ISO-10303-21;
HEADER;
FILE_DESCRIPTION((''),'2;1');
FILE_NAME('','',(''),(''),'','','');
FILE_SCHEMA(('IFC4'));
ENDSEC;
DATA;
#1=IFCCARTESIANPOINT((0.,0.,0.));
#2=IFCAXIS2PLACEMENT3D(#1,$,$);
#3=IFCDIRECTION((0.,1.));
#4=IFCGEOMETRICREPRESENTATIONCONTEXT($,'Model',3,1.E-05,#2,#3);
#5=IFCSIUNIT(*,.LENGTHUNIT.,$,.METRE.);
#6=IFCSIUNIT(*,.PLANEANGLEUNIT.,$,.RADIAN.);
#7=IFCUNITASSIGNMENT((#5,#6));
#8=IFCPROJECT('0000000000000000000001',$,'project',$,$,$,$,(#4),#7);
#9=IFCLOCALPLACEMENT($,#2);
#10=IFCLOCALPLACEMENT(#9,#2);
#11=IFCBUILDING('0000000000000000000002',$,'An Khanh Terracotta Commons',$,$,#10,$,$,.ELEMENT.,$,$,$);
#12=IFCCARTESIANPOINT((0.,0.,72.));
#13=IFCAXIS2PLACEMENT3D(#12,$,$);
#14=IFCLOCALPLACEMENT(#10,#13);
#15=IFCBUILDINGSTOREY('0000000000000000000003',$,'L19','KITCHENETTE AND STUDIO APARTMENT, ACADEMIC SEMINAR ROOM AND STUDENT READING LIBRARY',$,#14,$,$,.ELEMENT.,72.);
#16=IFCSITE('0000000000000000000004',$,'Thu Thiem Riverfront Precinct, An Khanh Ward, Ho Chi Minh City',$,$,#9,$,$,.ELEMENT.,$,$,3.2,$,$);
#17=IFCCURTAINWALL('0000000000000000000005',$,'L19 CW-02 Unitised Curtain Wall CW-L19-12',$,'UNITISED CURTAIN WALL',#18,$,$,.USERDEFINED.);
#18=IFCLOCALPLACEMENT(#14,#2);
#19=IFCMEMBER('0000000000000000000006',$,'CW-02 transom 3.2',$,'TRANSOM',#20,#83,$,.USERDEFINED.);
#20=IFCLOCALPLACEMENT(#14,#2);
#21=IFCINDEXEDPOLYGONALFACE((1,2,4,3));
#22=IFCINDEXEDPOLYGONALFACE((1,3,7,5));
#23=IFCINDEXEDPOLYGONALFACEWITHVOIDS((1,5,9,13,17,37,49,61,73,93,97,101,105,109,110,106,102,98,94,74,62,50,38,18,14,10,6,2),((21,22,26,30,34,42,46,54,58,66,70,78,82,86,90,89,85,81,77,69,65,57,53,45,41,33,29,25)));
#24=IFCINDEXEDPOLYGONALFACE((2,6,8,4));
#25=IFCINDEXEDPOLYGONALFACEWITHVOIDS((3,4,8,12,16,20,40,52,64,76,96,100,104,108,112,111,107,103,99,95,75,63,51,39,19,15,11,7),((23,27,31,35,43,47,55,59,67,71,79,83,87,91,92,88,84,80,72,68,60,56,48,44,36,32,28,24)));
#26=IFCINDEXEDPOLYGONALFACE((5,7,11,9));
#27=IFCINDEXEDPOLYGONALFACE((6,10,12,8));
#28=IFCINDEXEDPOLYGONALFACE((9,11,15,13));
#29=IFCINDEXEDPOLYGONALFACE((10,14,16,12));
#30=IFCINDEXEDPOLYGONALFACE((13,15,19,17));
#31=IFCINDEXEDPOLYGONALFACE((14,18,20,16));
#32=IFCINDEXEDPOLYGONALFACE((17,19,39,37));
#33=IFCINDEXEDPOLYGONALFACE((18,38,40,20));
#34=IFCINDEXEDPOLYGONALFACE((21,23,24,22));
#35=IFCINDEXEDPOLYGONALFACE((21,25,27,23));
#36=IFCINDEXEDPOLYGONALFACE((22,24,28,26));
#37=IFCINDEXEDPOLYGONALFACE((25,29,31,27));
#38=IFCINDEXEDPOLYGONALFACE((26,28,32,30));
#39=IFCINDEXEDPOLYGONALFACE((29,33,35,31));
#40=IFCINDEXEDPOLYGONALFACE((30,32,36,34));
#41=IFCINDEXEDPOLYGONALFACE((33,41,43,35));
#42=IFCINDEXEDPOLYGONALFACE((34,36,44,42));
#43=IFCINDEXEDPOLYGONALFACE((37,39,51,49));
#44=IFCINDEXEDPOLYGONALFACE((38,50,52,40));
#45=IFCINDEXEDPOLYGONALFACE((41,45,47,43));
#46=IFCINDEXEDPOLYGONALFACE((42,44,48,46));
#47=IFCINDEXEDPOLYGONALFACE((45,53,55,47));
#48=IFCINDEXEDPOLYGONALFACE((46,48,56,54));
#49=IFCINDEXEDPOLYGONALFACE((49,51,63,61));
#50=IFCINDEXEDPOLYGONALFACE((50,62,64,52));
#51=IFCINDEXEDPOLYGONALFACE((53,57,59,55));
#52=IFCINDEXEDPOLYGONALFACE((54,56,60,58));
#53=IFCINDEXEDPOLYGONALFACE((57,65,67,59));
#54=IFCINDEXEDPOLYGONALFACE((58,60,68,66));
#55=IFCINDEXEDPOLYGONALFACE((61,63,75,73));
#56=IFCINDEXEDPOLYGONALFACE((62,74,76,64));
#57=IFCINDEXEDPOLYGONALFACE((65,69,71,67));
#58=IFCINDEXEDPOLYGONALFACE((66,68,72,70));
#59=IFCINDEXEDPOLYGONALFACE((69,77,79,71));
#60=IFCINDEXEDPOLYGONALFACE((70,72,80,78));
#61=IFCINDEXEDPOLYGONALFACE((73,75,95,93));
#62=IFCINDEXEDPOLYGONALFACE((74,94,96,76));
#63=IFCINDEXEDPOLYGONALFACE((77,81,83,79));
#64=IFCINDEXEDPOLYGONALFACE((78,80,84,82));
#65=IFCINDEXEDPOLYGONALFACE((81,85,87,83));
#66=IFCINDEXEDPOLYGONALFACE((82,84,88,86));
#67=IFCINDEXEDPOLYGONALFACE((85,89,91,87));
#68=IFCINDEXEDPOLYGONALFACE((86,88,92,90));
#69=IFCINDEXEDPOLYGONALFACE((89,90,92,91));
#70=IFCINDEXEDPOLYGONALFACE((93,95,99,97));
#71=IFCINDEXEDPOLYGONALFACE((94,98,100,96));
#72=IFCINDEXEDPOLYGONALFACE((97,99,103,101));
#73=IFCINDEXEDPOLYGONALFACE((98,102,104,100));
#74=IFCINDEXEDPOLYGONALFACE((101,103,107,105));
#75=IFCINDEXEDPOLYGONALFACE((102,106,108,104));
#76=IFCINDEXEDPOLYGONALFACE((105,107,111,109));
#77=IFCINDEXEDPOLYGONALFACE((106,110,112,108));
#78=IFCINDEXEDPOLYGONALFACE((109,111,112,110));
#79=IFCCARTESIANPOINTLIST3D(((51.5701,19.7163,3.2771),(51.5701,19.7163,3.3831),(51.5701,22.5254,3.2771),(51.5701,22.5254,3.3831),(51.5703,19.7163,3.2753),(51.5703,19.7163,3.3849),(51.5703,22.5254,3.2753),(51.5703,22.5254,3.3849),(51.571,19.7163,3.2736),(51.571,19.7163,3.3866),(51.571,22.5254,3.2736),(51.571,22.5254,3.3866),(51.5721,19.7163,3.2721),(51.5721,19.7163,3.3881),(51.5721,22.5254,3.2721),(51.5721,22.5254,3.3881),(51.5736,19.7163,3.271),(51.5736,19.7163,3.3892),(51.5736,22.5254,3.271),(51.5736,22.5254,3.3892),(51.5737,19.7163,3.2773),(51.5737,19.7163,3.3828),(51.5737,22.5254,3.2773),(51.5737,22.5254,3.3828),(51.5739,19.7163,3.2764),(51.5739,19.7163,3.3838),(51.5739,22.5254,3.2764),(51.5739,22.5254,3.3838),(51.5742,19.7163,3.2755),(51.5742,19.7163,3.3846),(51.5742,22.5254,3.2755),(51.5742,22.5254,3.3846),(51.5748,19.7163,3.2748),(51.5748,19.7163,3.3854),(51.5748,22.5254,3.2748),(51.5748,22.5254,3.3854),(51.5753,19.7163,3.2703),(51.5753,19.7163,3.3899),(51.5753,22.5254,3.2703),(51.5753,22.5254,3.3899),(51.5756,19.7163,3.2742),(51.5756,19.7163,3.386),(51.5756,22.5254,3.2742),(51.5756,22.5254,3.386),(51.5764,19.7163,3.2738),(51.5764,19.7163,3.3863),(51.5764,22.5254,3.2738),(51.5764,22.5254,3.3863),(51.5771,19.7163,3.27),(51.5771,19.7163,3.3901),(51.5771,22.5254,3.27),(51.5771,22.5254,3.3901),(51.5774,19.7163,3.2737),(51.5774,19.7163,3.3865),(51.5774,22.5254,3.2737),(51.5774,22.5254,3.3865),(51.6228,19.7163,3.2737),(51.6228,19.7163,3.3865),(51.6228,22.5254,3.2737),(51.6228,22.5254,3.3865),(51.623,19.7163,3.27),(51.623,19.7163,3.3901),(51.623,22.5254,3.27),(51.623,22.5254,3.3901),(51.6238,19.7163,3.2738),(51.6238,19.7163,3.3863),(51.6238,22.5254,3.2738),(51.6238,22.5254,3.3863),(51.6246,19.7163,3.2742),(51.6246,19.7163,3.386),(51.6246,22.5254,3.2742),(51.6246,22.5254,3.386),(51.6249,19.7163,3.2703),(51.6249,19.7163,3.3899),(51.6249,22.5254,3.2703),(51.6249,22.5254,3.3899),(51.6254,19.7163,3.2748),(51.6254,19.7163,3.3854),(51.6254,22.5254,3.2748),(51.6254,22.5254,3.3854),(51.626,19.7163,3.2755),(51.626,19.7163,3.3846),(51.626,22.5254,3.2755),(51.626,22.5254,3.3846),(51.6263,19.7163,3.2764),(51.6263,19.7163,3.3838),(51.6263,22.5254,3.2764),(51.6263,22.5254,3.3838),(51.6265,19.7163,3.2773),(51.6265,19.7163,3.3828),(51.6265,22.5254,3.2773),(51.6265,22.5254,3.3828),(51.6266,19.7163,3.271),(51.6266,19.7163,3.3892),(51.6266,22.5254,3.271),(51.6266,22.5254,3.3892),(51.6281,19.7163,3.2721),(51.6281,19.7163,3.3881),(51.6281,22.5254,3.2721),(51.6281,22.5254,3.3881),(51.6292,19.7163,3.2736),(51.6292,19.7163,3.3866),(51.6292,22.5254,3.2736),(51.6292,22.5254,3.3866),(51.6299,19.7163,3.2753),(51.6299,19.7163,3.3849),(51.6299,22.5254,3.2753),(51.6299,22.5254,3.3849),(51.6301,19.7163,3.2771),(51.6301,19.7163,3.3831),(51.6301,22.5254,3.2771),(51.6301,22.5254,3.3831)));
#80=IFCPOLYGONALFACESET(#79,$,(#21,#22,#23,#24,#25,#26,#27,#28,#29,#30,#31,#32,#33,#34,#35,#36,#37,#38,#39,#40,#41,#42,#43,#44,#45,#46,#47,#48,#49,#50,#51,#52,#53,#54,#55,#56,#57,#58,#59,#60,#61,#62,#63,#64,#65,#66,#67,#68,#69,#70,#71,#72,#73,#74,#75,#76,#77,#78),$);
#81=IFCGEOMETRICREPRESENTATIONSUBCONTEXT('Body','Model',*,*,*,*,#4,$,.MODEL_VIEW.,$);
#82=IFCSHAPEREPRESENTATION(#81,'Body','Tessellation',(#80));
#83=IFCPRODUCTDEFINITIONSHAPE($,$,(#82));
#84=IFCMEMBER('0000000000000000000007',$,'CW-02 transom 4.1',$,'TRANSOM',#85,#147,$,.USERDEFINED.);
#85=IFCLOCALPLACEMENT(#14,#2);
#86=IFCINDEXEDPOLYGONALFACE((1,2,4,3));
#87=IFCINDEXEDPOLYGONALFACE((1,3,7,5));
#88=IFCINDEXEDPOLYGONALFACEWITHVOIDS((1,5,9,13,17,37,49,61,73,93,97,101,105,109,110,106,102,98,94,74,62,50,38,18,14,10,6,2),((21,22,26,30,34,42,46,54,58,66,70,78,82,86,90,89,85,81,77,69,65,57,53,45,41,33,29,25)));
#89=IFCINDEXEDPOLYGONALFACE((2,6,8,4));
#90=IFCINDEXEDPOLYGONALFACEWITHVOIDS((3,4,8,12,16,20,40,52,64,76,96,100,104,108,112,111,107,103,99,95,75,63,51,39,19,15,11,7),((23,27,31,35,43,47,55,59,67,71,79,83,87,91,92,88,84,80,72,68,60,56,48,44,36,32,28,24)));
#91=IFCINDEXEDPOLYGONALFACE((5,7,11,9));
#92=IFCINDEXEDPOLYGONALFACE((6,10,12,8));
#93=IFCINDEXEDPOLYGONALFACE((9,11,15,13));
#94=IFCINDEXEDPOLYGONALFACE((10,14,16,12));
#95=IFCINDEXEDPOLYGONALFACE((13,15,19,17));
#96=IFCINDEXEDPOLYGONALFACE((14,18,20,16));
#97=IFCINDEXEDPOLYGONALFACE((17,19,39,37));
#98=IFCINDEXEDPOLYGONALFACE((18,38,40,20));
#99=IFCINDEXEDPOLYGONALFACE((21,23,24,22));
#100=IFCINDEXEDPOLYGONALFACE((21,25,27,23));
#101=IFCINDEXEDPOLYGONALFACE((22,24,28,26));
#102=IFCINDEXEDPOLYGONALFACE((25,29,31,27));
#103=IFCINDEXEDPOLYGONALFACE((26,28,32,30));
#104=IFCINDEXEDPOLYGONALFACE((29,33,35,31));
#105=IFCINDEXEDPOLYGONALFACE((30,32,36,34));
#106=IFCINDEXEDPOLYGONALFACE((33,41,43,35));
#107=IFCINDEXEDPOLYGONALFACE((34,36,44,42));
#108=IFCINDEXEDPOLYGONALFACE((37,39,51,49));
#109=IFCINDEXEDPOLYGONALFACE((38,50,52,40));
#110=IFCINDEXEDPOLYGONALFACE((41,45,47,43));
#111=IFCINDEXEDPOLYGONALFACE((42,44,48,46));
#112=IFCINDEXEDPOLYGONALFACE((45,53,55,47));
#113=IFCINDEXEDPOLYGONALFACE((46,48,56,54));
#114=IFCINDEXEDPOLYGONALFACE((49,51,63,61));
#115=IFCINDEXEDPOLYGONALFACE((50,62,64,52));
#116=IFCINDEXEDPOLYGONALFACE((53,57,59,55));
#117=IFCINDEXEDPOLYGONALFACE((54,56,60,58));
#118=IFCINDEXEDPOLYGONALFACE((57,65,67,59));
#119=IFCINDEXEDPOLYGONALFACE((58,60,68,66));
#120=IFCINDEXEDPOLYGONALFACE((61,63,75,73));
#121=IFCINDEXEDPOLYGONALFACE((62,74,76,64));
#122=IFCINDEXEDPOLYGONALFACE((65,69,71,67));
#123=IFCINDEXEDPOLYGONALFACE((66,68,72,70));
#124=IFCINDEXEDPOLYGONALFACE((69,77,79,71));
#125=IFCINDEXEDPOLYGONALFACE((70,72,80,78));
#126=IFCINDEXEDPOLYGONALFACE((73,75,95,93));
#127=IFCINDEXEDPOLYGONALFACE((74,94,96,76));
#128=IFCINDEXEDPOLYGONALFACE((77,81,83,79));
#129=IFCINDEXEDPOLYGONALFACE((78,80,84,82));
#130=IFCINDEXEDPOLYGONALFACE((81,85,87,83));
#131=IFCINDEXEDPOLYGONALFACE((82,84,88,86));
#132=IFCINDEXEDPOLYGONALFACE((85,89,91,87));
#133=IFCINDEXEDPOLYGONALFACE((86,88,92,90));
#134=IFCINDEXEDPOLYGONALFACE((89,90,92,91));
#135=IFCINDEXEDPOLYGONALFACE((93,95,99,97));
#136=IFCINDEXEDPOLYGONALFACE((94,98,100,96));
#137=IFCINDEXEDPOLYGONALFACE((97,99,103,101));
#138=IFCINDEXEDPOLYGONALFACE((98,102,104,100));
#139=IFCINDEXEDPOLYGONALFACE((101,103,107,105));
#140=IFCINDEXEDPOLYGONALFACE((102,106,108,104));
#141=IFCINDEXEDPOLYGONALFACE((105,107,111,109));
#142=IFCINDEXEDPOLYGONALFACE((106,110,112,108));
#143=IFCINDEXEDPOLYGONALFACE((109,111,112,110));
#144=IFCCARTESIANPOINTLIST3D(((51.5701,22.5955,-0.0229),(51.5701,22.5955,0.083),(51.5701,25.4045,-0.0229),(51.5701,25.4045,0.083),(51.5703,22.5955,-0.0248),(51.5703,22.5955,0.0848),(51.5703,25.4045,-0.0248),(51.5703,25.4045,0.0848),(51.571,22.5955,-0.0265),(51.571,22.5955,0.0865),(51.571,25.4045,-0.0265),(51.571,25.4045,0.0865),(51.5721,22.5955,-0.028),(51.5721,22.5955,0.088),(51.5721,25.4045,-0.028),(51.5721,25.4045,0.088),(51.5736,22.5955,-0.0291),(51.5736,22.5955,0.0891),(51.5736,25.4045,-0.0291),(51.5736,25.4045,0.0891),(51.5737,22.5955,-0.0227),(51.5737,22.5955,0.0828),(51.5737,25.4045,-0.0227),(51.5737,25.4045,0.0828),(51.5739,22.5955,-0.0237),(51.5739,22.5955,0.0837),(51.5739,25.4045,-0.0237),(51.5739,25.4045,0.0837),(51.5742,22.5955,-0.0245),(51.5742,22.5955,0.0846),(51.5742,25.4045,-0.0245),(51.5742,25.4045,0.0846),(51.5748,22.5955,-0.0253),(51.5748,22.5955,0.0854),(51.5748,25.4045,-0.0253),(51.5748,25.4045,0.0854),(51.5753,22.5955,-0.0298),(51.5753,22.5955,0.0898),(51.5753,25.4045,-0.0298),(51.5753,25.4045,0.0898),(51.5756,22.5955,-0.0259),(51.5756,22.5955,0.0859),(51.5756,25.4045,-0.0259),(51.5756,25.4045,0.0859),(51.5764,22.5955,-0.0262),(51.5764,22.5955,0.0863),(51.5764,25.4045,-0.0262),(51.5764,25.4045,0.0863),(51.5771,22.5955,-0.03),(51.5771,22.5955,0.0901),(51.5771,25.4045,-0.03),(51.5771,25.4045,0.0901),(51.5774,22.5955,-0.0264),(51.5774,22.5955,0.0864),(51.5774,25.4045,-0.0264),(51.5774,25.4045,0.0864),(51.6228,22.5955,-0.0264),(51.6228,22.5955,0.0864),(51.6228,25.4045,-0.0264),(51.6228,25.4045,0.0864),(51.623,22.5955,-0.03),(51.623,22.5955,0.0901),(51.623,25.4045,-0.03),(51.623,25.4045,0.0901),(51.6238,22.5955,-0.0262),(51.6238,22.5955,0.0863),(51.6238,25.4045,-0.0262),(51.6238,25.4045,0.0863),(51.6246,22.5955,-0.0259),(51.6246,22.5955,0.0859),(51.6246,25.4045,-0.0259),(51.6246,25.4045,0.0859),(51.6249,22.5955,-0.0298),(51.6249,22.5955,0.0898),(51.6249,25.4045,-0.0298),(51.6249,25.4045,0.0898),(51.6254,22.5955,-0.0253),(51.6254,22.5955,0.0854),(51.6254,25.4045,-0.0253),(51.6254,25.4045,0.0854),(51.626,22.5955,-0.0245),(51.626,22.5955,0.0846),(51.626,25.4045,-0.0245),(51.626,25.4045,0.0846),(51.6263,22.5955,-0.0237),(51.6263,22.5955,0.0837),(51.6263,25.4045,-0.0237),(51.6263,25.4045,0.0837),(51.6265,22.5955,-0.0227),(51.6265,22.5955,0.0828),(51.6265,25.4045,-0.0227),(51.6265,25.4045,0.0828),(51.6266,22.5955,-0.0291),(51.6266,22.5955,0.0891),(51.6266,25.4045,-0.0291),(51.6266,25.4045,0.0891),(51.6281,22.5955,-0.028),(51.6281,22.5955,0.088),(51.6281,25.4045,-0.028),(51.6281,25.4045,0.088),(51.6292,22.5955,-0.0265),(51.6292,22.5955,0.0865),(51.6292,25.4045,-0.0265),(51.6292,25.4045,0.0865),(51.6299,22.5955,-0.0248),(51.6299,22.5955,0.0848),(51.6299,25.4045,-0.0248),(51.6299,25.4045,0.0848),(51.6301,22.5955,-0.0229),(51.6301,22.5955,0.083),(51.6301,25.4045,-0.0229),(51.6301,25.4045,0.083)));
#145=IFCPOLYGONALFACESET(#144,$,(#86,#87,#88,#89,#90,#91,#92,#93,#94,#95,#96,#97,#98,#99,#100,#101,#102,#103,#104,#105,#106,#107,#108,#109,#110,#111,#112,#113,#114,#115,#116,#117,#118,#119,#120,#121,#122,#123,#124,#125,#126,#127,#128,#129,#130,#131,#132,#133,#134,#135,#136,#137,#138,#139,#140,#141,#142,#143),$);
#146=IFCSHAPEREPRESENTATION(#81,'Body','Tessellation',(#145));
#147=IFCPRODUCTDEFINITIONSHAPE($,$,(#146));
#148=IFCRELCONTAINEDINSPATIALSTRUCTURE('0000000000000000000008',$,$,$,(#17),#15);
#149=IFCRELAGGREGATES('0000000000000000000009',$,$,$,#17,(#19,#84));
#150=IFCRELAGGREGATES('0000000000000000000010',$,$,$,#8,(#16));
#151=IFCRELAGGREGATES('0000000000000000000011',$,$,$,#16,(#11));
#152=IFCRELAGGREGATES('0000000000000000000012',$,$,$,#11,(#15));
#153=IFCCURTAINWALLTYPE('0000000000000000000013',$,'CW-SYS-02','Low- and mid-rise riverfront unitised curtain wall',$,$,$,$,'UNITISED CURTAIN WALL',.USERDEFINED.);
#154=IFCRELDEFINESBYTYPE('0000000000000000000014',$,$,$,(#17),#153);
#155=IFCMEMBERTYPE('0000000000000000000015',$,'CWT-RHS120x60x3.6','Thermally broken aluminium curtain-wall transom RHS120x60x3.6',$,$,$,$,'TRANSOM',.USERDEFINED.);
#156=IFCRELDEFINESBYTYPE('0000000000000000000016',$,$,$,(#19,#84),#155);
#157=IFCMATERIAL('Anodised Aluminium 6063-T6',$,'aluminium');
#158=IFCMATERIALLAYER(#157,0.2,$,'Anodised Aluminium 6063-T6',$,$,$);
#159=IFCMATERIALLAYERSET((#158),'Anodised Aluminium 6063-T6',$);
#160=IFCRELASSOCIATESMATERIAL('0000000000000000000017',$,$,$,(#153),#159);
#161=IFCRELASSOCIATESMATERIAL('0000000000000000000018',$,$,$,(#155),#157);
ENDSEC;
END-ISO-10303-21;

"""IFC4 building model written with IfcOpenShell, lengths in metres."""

from ifc_helpers import new_model, si_unit, direction, frame, origin, origin_2d, place, context, subcontext, project, spatial, hollow_rectangle, extrude, material, layer, layer_set, material_profile, profile_set, type_object, element, aggregate, save


model = new_model("IFC4")

# Units and contexts
model_context = context("Model", 3, precision=1e-05, world=origin(), true_north=direction((0.0, 1.0)))
body_context = subcontext(model_context, "Body", "Model", "MODEL_VIEW")
ifc_project = project(units=[si_unit("LENGTHUNIT", "METRE"), si_unit("PLANEANGLEUNIT", "RADIAN")], contexts=[model_context])

# Site, building, storey
site_placement = place(None, origin())
site = spatial("IfcSite", under=ifc_project, at=site_placement, Name="Thu Thiem Riverfront Precinct, An Khanh Ward, Ho Chi Minh City", CompositionType="ELEMENT", RefElevation=3.2)
building_placement = place(site_placement, origin())
building = spatial("IfcBuilding", under=site, at=building_placement, Name="An Khanh Terracotta Commons", CompositionType="ELEMENT")
storey_placement = place(building_placement, frame((0.0, 0.0, 72.0)))
storey = spatial("IfcBuildingStorey", under=building, at=storey_placement, Name="L19", Description="KITCHENETTE AND STUDIO APARTMENT, ACADEMIC SEMINAR ROOM AND STUDENT READING LIBRARY", CompositionType="ELEMENT", Elevation=72.0)

# Curtain wall, members
ifc_material_1 = material(Name="Anodised Aluminium 6063-T6", Category="aluminium")
ifc_layer_1 = layer(ifc_material_1, 0.2, Name="Anodised Aluminium 6063-T6")
ifc_layer_set_1 = layer_set([ifc_layer_1], Name="Anodised Aluminium 6063-T6")
curtain_wall_type = type_object("IfcCurtainWallType", Name="CW-SYS-02", Description="Low- and mid-rise riverfront unitised curtain wall", ElementType="UNITISED CURTAIN WALL", PredefinedType="USERDEFINED", material=ifc_layer_set_1)
curtain_wall_placement = place(storey_placement, origin())
curtain_wall = element("IfcCurtainWall", 1, at=curtain_wall_placement, inside=storey, type_object=curtain_wall_type, Name="L19 CW-02 Unitised Curtain Wall CW-L19-12", ObjectType="UNITISED CURTAIN WALL", PredefinedType="USERDEFINED")
ifc_material_profile_1 = material_profile(ifc_material_1, hollow_rectangle(XDim=0.0601, YDim=0.1201, WallThickness=0.0037, InnerFilletRadius=0.0037, OuterFilletRadius=0.0071, at=origin_2d()), Name="RHS120x60x3.6")
ifc_profile_set_1 = profile_set([ifc_material_profile_1], Name="Anodised Aluminium 6063-T6")
member_type_1 = type_object("IfcMemberType", Name="CWT-RHS120x60x3.6", Description="Thermally broken aluminium curtain-wall transom RHS120x60x3.6", ElementType="TRANSOM", PredefinedType="USERDEFINED", material=ifc_profile_set_1)
member_1_placement = place(storey_placement, frame((51.6001, 19.7163, 3.3301), z_axis=(0.0, 1.0, 0.0), x_axis=(-1.0, 0.0, 0.0)))
member_1 = element("IfcMember", 2, at=member_1_placement, type_object=member_type_1, Name="CW-02 transom 3.2", ObjectType="TRANSOM", PredefinedType="USERDEFINED", context=body_context, shape_type="SweptSolid", body=[
    extrude(hollow_rectangle(XDim=0.0601, YDim=0.1201, WallThickness=0.0037, InnerFilletRadius=0.0037, OuterFilletRadius=0.0071, at=origin_2d()), origin(), (0.0, 0.0, 1.0), 2.8091),
])
member_2_placement = place(storey_placement, frame((51.6001, 22.5955, 0.03), z_axis=(0.0, 1.0, 0.0), x_axis=(-1.0, 0.0, 0.0)))
member_2 = element("IfcMember", 3, at=member_2_placement, type_object=member_type_1, Name="CW-02 transom 4.1", ObjectType="TRANSOM", PredefinedType="USERDEFINED", context=body_context, shape_type="SweptSolid", body=[
    extrude(hollow_rectangle(XDim=0.0601, YDim=0.1201, WallThickness=0.0037, InnerFilletRadius=0.0037, OuterFilletRadius=0.0071, at=origin_2d()), origin(), (0.0, 0.0, 1.0), 2.8091),
])
aggregate(curtain_wall, [member_1, member_2])

save(model, "model.ifc")
